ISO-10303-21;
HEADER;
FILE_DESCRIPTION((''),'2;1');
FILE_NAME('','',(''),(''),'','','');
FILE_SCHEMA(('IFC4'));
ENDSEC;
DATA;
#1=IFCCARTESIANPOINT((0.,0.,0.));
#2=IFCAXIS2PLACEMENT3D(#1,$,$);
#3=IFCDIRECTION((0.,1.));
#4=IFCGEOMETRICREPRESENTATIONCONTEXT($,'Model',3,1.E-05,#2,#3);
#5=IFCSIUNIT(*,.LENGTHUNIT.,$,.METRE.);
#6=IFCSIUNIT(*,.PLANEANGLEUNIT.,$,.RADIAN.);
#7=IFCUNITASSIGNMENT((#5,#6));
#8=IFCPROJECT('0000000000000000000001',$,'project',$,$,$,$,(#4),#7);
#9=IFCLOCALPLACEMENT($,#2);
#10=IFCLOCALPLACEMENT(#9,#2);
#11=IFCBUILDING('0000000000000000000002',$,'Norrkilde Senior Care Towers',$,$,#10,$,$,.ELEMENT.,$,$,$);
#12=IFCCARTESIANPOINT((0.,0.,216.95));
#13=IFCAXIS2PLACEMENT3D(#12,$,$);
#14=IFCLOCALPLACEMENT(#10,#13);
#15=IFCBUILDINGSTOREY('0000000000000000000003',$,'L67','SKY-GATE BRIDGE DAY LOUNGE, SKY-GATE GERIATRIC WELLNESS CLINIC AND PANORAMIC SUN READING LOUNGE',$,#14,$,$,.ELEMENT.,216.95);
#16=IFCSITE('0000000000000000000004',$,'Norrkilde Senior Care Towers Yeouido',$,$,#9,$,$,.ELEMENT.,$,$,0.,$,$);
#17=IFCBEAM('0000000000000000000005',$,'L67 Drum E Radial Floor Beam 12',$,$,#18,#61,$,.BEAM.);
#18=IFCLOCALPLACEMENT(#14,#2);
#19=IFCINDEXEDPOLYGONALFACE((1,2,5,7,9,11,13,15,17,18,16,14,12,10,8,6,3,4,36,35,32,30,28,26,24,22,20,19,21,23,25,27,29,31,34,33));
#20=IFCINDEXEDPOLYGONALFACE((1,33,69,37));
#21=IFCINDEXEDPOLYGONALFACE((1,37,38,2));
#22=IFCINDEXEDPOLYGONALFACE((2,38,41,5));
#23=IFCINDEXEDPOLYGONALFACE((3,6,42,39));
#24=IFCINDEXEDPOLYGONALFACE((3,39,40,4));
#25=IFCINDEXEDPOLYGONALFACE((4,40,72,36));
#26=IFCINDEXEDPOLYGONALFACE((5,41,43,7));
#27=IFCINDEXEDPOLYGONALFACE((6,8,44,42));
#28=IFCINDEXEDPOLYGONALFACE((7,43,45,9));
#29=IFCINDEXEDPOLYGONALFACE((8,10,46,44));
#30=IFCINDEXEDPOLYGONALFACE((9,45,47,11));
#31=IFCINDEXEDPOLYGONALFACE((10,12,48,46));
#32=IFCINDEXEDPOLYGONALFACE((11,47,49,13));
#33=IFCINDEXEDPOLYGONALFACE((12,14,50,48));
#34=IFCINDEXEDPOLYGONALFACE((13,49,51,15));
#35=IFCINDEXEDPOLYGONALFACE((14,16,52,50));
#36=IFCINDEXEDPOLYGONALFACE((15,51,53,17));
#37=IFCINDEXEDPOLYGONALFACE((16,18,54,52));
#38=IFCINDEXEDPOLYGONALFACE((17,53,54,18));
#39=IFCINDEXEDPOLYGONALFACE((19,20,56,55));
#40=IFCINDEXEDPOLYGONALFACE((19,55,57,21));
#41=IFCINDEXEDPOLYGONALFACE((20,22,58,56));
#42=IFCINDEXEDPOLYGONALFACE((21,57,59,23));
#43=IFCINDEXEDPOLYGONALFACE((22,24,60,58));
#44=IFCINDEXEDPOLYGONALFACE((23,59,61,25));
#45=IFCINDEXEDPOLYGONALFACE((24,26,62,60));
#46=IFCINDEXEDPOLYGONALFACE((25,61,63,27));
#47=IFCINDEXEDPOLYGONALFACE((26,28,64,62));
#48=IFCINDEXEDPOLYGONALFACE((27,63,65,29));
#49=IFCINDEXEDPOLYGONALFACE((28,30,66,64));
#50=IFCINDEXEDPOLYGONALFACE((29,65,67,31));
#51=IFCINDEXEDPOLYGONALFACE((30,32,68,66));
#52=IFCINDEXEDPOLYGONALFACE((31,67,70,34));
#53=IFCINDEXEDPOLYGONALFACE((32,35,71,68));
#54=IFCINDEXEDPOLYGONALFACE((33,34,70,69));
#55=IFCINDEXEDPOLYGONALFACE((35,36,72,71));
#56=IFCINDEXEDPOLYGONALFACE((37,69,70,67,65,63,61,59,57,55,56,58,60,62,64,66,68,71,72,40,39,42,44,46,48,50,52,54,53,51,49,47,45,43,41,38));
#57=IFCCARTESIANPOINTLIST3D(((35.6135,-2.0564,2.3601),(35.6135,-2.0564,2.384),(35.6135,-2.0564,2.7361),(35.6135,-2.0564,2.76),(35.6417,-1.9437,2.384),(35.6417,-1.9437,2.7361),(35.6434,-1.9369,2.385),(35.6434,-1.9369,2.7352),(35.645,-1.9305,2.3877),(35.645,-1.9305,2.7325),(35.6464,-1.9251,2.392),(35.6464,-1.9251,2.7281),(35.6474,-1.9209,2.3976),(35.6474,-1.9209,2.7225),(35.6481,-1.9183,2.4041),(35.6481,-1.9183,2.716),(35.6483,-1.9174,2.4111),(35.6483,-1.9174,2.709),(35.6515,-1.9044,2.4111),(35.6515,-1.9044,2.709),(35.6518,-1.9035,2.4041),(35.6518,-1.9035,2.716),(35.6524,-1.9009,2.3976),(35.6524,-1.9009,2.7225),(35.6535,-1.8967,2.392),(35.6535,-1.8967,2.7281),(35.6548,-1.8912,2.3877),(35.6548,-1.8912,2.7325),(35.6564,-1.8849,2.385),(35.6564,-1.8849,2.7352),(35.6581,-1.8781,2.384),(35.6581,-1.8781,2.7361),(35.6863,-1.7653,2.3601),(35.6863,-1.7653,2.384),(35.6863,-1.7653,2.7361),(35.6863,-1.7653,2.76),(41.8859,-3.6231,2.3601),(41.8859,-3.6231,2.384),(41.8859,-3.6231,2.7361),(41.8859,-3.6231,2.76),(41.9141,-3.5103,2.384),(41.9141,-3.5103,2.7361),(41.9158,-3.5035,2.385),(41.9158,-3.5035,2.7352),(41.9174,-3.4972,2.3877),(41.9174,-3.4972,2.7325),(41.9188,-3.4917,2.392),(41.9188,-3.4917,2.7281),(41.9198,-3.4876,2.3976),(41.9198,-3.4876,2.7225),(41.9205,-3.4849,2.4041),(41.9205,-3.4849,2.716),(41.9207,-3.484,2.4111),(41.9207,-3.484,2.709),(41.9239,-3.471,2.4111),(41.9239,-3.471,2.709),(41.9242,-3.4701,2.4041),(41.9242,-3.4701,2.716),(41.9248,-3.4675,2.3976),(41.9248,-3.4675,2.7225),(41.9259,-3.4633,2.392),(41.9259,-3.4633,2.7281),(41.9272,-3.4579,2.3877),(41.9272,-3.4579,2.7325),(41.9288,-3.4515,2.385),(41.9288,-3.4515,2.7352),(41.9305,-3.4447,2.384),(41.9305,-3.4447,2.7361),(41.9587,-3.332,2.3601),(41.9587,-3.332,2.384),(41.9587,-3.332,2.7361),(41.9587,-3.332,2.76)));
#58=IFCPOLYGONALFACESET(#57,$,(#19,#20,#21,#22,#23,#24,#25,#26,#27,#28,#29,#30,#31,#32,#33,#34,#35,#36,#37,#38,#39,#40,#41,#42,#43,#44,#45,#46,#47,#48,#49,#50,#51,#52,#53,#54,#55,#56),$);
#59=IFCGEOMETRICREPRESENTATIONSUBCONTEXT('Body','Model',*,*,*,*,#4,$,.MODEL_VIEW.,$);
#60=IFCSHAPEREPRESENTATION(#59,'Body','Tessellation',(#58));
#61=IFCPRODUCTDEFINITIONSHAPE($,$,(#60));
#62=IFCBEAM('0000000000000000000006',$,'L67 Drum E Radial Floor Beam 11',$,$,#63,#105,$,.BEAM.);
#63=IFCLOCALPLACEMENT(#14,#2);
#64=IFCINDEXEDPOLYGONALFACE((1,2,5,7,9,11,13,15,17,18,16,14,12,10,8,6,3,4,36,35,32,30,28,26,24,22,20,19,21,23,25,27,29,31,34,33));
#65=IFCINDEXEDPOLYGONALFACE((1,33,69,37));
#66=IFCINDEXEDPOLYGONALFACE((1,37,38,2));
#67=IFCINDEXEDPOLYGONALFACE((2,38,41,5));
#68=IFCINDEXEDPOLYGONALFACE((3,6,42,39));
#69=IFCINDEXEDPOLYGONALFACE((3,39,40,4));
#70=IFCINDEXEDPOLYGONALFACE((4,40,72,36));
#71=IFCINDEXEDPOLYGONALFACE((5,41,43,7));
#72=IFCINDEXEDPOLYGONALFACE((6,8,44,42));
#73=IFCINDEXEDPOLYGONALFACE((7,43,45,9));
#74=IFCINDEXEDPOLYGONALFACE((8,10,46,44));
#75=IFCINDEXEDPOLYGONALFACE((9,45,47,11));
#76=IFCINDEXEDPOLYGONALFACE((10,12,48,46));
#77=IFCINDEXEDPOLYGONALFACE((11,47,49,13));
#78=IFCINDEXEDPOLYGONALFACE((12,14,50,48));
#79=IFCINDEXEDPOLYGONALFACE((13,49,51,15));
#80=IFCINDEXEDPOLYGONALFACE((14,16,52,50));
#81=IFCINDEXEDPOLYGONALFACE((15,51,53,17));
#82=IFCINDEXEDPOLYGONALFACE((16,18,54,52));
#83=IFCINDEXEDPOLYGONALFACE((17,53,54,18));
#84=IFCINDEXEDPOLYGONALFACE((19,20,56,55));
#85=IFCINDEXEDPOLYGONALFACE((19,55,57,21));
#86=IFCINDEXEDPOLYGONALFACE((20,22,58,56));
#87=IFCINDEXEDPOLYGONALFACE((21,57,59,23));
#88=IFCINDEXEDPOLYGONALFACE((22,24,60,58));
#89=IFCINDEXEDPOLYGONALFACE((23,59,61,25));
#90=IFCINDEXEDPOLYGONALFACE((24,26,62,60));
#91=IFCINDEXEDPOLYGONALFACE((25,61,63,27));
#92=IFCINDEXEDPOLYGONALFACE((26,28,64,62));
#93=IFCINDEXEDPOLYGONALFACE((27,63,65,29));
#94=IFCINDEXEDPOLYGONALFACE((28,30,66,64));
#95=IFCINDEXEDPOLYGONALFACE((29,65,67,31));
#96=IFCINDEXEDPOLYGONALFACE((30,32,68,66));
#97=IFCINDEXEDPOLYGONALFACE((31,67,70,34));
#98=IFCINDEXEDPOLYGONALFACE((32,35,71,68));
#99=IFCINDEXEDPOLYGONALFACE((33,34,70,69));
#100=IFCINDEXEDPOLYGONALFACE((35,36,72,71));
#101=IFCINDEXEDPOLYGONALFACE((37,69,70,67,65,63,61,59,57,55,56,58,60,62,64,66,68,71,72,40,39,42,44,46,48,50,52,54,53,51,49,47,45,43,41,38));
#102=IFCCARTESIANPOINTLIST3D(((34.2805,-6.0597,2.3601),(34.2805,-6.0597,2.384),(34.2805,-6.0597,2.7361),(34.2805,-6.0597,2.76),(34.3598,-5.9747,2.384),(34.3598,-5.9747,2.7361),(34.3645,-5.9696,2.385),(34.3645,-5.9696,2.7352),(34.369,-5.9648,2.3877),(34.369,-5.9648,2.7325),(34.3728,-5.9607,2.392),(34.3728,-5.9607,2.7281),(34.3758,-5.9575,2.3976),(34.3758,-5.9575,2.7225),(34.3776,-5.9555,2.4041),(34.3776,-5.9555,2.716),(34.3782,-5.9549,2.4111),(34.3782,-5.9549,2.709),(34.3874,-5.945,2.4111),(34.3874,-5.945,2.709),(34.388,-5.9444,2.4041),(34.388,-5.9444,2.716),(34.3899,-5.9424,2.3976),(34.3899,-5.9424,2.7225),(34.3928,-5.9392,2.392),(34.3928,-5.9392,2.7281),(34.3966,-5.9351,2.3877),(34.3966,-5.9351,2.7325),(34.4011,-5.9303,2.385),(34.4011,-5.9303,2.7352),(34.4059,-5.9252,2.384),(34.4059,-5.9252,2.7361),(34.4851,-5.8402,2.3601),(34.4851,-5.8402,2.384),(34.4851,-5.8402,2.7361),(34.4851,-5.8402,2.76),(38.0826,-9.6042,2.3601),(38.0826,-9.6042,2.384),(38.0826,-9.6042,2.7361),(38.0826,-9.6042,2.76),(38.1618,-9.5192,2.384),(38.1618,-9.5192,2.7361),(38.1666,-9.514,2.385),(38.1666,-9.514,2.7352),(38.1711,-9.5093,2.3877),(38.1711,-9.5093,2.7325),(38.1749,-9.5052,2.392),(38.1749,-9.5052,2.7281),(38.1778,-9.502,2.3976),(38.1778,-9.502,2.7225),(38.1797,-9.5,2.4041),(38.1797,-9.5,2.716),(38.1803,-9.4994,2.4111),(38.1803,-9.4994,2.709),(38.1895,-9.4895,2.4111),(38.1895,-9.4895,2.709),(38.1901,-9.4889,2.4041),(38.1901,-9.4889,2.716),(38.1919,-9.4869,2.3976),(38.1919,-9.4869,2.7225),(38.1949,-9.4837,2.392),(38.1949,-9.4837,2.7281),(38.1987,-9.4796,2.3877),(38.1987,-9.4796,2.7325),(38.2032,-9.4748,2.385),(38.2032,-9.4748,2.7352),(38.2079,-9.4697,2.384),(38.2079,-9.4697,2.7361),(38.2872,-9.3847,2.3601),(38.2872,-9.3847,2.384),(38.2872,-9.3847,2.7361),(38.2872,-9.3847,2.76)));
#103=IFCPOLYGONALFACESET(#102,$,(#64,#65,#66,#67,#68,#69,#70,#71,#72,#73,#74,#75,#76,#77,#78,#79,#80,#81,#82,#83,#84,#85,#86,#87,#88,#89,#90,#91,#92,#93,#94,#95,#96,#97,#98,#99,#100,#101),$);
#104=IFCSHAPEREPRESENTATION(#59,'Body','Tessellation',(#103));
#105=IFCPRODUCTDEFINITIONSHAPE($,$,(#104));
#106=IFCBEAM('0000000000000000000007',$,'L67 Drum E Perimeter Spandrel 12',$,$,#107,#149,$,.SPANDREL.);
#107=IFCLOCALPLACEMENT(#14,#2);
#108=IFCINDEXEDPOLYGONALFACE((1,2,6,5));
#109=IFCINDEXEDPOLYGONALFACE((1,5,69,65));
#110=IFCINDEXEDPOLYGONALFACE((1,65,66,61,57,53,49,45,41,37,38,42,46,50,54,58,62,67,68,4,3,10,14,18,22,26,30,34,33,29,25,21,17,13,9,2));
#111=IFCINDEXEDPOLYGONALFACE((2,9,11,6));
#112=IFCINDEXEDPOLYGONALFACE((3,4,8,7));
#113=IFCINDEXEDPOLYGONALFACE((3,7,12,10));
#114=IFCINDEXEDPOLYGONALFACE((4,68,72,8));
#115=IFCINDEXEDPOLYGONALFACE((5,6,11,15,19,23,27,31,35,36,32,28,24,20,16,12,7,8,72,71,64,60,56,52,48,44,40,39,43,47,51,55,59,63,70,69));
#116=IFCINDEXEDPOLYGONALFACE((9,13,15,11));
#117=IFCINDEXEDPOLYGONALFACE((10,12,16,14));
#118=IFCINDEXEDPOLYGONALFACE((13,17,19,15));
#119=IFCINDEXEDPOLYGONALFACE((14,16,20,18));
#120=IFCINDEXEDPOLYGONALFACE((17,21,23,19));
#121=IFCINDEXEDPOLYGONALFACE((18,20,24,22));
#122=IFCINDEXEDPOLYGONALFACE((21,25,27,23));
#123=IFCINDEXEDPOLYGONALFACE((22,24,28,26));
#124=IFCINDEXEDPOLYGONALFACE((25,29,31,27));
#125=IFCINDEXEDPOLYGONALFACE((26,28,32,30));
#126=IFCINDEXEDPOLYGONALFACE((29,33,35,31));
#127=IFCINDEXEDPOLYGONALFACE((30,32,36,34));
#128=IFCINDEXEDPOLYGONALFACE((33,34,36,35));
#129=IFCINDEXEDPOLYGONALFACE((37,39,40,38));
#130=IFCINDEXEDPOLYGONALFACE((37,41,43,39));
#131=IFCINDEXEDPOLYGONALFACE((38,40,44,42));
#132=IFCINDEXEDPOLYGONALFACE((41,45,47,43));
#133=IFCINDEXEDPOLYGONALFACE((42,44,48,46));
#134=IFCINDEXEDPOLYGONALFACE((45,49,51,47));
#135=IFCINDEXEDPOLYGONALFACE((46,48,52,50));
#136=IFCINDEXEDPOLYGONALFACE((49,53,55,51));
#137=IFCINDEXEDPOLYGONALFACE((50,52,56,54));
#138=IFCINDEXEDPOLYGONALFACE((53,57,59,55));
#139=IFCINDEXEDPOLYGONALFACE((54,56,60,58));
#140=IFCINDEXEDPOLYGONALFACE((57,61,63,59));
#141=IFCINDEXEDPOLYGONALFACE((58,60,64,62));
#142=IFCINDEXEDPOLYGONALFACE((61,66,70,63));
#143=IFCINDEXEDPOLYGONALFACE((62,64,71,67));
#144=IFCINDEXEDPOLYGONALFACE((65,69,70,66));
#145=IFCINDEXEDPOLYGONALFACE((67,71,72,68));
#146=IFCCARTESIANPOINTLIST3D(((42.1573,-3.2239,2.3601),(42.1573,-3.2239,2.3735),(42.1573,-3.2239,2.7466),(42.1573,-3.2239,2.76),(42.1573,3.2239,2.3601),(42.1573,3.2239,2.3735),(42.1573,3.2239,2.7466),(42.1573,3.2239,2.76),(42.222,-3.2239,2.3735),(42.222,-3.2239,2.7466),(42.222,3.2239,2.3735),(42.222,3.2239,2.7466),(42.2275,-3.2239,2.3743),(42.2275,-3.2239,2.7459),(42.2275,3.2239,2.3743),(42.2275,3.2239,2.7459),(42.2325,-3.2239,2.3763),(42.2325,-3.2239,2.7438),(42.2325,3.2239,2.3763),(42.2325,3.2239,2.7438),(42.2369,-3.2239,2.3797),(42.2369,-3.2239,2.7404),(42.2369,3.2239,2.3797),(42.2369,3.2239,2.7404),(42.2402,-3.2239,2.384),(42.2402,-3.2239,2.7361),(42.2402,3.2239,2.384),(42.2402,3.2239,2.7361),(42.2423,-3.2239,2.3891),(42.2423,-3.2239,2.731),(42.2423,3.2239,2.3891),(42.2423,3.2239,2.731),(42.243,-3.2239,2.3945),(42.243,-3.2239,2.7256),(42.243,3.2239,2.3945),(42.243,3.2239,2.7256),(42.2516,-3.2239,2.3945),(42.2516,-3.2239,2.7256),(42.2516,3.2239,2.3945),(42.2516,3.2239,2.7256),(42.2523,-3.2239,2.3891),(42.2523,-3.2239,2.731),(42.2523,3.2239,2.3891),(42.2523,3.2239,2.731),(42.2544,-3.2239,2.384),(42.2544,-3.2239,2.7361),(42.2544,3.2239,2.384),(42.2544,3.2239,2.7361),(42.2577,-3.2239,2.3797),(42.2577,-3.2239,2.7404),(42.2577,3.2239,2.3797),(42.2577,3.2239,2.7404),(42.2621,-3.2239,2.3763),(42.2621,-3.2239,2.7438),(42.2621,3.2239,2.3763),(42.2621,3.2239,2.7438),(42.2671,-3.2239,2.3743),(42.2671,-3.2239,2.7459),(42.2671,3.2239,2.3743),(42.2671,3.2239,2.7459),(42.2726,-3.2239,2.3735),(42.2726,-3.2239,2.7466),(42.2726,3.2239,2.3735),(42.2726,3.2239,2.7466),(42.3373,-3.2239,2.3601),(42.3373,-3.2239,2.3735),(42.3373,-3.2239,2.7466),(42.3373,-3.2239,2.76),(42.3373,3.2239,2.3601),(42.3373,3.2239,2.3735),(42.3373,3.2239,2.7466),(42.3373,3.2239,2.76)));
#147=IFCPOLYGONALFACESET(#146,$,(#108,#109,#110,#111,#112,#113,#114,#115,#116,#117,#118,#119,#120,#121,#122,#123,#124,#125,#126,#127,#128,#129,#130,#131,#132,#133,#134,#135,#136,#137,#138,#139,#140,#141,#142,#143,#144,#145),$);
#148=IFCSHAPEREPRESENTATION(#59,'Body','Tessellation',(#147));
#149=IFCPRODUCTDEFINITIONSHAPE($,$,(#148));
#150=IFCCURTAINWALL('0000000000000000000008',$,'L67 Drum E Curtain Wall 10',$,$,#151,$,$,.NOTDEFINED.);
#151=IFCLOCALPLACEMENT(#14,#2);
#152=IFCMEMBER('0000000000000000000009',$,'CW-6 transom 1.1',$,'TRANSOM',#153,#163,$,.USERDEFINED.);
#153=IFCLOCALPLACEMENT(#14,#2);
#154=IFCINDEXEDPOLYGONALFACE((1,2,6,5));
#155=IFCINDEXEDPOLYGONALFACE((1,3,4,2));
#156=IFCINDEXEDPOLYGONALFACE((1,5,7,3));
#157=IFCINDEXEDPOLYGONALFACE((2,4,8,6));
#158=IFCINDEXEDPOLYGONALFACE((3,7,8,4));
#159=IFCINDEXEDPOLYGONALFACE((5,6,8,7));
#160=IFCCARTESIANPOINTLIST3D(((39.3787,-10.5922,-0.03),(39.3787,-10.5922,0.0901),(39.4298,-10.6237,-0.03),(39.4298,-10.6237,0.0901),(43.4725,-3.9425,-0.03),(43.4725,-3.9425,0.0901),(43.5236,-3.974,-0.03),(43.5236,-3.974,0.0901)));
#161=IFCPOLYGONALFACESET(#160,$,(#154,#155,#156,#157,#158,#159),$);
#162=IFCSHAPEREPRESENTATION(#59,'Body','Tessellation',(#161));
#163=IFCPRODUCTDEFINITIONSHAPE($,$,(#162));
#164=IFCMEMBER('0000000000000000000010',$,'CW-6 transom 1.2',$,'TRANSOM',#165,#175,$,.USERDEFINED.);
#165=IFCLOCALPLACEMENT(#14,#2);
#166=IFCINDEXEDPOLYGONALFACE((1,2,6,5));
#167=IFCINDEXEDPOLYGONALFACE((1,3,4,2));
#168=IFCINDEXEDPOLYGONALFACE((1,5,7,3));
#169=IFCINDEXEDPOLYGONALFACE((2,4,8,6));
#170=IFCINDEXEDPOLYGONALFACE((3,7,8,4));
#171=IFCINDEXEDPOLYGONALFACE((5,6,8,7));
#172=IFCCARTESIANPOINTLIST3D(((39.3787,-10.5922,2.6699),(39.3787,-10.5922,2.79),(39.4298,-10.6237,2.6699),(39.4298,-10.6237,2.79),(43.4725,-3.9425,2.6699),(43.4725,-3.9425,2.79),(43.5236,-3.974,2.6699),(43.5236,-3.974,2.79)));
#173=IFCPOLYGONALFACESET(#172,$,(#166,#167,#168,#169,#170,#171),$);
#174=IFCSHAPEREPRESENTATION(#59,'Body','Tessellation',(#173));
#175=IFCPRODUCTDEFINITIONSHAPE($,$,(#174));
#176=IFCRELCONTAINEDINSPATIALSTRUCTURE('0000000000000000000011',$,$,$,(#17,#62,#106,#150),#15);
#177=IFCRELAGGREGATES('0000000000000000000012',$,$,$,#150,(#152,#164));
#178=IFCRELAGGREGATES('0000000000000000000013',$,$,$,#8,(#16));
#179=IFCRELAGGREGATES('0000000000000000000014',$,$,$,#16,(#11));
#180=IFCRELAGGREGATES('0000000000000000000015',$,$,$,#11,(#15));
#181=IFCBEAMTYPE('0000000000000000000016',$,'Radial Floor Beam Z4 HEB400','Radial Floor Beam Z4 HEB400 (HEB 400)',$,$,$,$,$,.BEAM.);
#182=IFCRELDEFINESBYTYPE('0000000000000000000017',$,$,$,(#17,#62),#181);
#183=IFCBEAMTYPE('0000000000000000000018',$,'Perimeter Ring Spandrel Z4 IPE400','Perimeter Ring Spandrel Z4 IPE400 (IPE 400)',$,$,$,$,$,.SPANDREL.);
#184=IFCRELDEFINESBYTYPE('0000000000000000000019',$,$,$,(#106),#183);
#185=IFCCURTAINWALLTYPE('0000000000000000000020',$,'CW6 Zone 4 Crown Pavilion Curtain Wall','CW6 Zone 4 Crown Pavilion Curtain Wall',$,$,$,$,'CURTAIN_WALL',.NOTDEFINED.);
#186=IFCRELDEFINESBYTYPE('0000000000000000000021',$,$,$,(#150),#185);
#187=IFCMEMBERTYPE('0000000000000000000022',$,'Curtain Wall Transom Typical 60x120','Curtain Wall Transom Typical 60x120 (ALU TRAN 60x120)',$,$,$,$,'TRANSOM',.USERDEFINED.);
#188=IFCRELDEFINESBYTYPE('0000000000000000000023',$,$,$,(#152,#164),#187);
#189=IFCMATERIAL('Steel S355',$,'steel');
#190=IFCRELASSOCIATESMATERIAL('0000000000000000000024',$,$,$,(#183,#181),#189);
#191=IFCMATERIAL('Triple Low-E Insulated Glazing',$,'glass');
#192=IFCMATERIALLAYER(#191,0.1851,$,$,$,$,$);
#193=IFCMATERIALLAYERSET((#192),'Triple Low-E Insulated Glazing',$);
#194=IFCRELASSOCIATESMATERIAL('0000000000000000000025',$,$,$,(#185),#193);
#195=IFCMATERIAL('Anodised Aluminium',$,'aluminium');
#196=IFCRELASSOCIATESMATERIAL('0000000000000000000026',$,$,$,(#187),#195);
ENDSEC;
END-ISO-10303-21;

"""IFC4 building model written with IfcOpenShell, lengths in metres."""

from ifc_helpers import new_model, si_unit, direction, frame, origin, origin_2d, place, context, subcontext, project, spatial, rectangle, i_section, extrude, source, transform, mapped, material, layer, layer_set, material_profile, profile_set, type_object, type_shapes, element, aggregate, save


model = new_model("IFC4")

# Units and contexts
model_context = context("Model", 3, precision=1e-05, world=origin(), true_north=direction((0.0, 1.0)))
body_context = subcontext(model_context, "Body", "Model", "MODEL_VIEW")
ifc_project = project(units=[si_unit("LENGTHUNIT", "METRE"), si_unit("PLANEANGLEUNIT", "RADIAN")], contexts=[model_context])

# Site, building, storey
site_placement = place(None, origin())
site = spatial("IfcSite", under=ifc_project, at=site_placement, Name="Norrkilde Senior Care Towers Yeouido", CompositionType="ELEMENT", RefElevation=0.0)
building_placement = place(site_placement, origin())
building = spatial("IfcBuilding", under=site, at=building_placement, Name="Norrkilde Senior Care Towers", CompositionType="ELEMENT")
storey_placement = place(building_placement, frame((0.0, 0.0, 216.95)))
storey = spatial("IfcBuildingStorey", under=building, at=storey_placement, Name="L67", Description="SKY-GATE BRIDGE DAY LOUNGE, SKY-GATE GERIATRIC WELLNESS CLINIC AND PANORAMIC SUN READING LOUNGE", CompositionType="ELEMENT", Elevation=216.95)

# Beams
ifc_material_1 = material(Name="Steel S355", Category="steel")
ifc_material_profile_1 = material_profile(ifc_material_1, i_section(OverallWidth=0.1799, OverallDepth=0.3999, WebThickness=0.0085, FlangeThickness=0.0134, FilletRadius=0.021, at=origin_2d()), Name="IPE 400")
ifc_profile_set_1 = profile_set([ifc_material_profile_1], Name="Steel S355")
beam_type_1 = type_object("IfcBeamType", Name="Perimeter Ring Spandrel Z4 IPE400", Description="Perimeter Ring Spandrel Z4 IPE400 (IPE 400)", PredefinedType="SPANDREL", material=ifc_profile_set_1)
ifc_material_profile_2 = material_profile(ifc_material_1, i_section(OverallWidth=0.3, OverallDepth=0.3999, WebThickness=0.0134, FlangeThickness=0.0239, FilletRadius=0.0271, at=origin_2d()), Name="HEB 400")
ifc_profile_set_2 = profile_set([ifc_material_profile_2], Name="Steel S355")
beam_type_2 = type_object("IfcBeamType", Name="Radial Floor Beam Z4 HEB400", Description="Radial Floor Beam Z4 HEB400 (HEB 400)", PredefinedType="BEAM", material=ifc_profile_set_2)
shared_shape_1 = source(origin(), body_context, "Body", "SweptSolid", [
    extrude(i_section(OverallWidth=0.3, OverallDepth=0.3999, WebThickness=0.0134, FlangeThickness=0.0239, FilletRadius=0.0271, at=origin_2d()), origin(), (0.0, 0.0, 1.0), 6.4651),
])
beam_1_placement = place(storey_placement, frame((35.6499, -1.9109, 2.5601), z_axis=(0.970196, -0.242322, 0.0), x_axis=(0.242322, 0.970196, 0.0)))
element("IfcBeam", 1, at=beam_1_placement, inside=storey, type_object=beam_type_2, Name="L67 Drum E Radial Floor Beam 12", PredefinedType="BEAM", context=body_context, shape_type="MappedRepresentation", body=[
    mapped(shared_shape_1, transform((0.0, 0.0, 0.0), x_axis=(1.0, 0.0, 0.0), y_axis=(0.0, 1.0, 0.0), z_axis=(0.0, 0.0, 1.0), scale=1.0)),
])
shared_shape_2 = source(origin(), body_context, "Body", "SweptSolid", [
    extrude(i_section(OverallWidth=0.3, OverallDepth=0.3999, WebThickness=0.0134, FlangeThickness=0.0239, FilletRadius=0.0271, at=origin_2d()), origin(), (0.0, 0.0, 1.0), 5.198),
])
type_shapes(beam_type_2, [shared_shape_1, shared_shape_2])
beam_2_placement = place(storey_placement, frame((34.3828, -5.95, 2.5601), z_axis=(0.731449, -0.681896, 0.0), x_axis=(0.681896, 0.731449, 0.0)))
element("IfcBeam", 2, at=beam_2_placement, inside=storey, type_object=beam_type_2, Name="L67 Drum E Radial Floor Beam 11", PredefinedType="BEAM", context=body_context, shape_type="MappedRepresentation", body=[
    mapped(shared_shape_2, transform((0.0, 0.0, 0.0), x_axis=(1.0, 0.0, 0.0), y_axis=(0.0, 1.0, 0.0), z_axis=(0.0, 0.0, 1.0), scale=1.0)),
])
shared_shape_3 = source(origin(), body_context, "Body", "SweptSolid", [
    extrude(i_section(OverallWidth=0.1799, OverallDepth=0.3999, WebThickness=0.0085, FlangeThickness=0.0134, FilletRadius=0.021, at=origin_2d()), origin(), (0.0, 0.0, 1.0), 6.4478),
])
beam_3_placement = place(storey_placement, frame((42.2473, -3.2239, 2.5601), z_axis=(0.0, 1.0, 0.0), x_axis=(-1.0, 0.0, 0.0)))
element("IfcBeam", 3, at=beam_3_placement, inside=storey, type_object=beam_type_1, Name="L67 Drum E Perimeter Spandrel 12", PredefinedType="SPANDREL", context=body_context, shape_type="MappedRepresentation", body=[
    mapped(shared_shape_3, transform((0.0, 0.0, 0.0), x_axis=(1.0, 0.0, 0.0), y_axis=(0.0, 1.0, 0.0), z_axis=(0.0, 0.0, 1.0), scale=1.0)),
])

# Curtain wall, members
ifc_material_2 = material(Name="Triple Low-E Insulated Glazing", Category="glass")
ifc_layer_1 = layer(ifc_material_2, 0.1851)
ifc_layer_set_1 = layer_set([ifc_layer_1], Name="Triple Low-E Insulated Glazing")
curtain_wall_type = type_object("IfcCurtainWallType", Name="CW6 Zone 4 Crown Pavilion Curtain Wall", Description="CW6 Zone 4 Crown Pavilion Curtain Wall", ElementType="CURTAIN_WALL", PredefinedType="NOTDEFINED", material=ifc_layer_set_1)
curtain_wall_1_placement = place(storey_placement, origin())
curtain_wall_1 = element("IfcCurtainWall", 4, at=curtain_wall_1_placement, inside=storey, type_object=curtain_wall_type, Name="L67 Drum E Curtain Wall 10", PredefinedType="NOTDEFINED")
ifc_material_3 = material(Name="Anodised Aluminium", Category="aluminium")
ifc_material_profile_3 = material_profile(ifc_material_3, rectangle(XDim=0.0601, YDim=0.1201, at=origin_2d()), Name="ALU TRAN 60x120")
ifc_profile_set_3 = profile_set([ifc_material_profile_3], Name="Anodised Aluminium")
member_type_1 = type_object("IfcMemberType", Name="Curtain Wall Transom Typical 60x120", Description="Curtain Wall Transom Typical 60x120 (ALU TRAN 60x120)", ElementType="TRANSOM", PredefinedType="USERDEFINED", material=ifc_profile_set_3)
shared_shape_4 = source(origin(), body_context, "Body", "SweptSolid", [
    extrude(rectangle(XDim=0.0601, YDim=0.1201, at=origin_2d()), origin(), (0.0, 0.0, 1.0), 7.8088),
])
member_1_placement = place(storey_placement, frame((43.498, -3.9583, 0.03), z_axis=(-0.524251, -0.851564, 0.0), x_axis=(0.851564, -0.524251, 0.0)))
member_1 = element("IfcMember", 5, at=member_1_placement, type_object=member_type_1, Name="CW-6 transom 1.1", ObjectType="TRANSOM", PredefinedType="USERDEFINED", context=body_context, shape_type="MappedRepresentation", body=[
    mapped(shared_shape_4, transform((0.0, 0.0, 0.0), x_axis=(1.0, 0.0, 0.0), y_axis=(0.0, 1.0, 0.0), z_axis=(0.0, 0.0, 1.0), scale=1.0)),
])
member_2_placement = place(storey_placement, frame((43.498, -3.9583, 2.73), z_axis=(-0.524251, -0.851564, 0.0), x_axis=(0.851564, -0.524251, 0.0)))
member_2 = element("IfcMember", 6, at=member_2_placement, type_object=member_type_1, Name="CW-6 transom 1.2", ObjectType="TRANSOM", PredefinedType="USERDEFINED", context=body_context, shape_type="MappedRepresentation", body=[
    mapped(shared_shape_4, transform((0.0, 0.0, 0.0), x_axis=(1.0, 0.0, 0.0), y_axis=(0.0, 1.0, 0.0), z_axis=(0.0, 0.0, 1.0), scale=1.0)),
])

aggregate(curtain_wall_1, [member_1, member_2])

save(model, "model.ifc")
